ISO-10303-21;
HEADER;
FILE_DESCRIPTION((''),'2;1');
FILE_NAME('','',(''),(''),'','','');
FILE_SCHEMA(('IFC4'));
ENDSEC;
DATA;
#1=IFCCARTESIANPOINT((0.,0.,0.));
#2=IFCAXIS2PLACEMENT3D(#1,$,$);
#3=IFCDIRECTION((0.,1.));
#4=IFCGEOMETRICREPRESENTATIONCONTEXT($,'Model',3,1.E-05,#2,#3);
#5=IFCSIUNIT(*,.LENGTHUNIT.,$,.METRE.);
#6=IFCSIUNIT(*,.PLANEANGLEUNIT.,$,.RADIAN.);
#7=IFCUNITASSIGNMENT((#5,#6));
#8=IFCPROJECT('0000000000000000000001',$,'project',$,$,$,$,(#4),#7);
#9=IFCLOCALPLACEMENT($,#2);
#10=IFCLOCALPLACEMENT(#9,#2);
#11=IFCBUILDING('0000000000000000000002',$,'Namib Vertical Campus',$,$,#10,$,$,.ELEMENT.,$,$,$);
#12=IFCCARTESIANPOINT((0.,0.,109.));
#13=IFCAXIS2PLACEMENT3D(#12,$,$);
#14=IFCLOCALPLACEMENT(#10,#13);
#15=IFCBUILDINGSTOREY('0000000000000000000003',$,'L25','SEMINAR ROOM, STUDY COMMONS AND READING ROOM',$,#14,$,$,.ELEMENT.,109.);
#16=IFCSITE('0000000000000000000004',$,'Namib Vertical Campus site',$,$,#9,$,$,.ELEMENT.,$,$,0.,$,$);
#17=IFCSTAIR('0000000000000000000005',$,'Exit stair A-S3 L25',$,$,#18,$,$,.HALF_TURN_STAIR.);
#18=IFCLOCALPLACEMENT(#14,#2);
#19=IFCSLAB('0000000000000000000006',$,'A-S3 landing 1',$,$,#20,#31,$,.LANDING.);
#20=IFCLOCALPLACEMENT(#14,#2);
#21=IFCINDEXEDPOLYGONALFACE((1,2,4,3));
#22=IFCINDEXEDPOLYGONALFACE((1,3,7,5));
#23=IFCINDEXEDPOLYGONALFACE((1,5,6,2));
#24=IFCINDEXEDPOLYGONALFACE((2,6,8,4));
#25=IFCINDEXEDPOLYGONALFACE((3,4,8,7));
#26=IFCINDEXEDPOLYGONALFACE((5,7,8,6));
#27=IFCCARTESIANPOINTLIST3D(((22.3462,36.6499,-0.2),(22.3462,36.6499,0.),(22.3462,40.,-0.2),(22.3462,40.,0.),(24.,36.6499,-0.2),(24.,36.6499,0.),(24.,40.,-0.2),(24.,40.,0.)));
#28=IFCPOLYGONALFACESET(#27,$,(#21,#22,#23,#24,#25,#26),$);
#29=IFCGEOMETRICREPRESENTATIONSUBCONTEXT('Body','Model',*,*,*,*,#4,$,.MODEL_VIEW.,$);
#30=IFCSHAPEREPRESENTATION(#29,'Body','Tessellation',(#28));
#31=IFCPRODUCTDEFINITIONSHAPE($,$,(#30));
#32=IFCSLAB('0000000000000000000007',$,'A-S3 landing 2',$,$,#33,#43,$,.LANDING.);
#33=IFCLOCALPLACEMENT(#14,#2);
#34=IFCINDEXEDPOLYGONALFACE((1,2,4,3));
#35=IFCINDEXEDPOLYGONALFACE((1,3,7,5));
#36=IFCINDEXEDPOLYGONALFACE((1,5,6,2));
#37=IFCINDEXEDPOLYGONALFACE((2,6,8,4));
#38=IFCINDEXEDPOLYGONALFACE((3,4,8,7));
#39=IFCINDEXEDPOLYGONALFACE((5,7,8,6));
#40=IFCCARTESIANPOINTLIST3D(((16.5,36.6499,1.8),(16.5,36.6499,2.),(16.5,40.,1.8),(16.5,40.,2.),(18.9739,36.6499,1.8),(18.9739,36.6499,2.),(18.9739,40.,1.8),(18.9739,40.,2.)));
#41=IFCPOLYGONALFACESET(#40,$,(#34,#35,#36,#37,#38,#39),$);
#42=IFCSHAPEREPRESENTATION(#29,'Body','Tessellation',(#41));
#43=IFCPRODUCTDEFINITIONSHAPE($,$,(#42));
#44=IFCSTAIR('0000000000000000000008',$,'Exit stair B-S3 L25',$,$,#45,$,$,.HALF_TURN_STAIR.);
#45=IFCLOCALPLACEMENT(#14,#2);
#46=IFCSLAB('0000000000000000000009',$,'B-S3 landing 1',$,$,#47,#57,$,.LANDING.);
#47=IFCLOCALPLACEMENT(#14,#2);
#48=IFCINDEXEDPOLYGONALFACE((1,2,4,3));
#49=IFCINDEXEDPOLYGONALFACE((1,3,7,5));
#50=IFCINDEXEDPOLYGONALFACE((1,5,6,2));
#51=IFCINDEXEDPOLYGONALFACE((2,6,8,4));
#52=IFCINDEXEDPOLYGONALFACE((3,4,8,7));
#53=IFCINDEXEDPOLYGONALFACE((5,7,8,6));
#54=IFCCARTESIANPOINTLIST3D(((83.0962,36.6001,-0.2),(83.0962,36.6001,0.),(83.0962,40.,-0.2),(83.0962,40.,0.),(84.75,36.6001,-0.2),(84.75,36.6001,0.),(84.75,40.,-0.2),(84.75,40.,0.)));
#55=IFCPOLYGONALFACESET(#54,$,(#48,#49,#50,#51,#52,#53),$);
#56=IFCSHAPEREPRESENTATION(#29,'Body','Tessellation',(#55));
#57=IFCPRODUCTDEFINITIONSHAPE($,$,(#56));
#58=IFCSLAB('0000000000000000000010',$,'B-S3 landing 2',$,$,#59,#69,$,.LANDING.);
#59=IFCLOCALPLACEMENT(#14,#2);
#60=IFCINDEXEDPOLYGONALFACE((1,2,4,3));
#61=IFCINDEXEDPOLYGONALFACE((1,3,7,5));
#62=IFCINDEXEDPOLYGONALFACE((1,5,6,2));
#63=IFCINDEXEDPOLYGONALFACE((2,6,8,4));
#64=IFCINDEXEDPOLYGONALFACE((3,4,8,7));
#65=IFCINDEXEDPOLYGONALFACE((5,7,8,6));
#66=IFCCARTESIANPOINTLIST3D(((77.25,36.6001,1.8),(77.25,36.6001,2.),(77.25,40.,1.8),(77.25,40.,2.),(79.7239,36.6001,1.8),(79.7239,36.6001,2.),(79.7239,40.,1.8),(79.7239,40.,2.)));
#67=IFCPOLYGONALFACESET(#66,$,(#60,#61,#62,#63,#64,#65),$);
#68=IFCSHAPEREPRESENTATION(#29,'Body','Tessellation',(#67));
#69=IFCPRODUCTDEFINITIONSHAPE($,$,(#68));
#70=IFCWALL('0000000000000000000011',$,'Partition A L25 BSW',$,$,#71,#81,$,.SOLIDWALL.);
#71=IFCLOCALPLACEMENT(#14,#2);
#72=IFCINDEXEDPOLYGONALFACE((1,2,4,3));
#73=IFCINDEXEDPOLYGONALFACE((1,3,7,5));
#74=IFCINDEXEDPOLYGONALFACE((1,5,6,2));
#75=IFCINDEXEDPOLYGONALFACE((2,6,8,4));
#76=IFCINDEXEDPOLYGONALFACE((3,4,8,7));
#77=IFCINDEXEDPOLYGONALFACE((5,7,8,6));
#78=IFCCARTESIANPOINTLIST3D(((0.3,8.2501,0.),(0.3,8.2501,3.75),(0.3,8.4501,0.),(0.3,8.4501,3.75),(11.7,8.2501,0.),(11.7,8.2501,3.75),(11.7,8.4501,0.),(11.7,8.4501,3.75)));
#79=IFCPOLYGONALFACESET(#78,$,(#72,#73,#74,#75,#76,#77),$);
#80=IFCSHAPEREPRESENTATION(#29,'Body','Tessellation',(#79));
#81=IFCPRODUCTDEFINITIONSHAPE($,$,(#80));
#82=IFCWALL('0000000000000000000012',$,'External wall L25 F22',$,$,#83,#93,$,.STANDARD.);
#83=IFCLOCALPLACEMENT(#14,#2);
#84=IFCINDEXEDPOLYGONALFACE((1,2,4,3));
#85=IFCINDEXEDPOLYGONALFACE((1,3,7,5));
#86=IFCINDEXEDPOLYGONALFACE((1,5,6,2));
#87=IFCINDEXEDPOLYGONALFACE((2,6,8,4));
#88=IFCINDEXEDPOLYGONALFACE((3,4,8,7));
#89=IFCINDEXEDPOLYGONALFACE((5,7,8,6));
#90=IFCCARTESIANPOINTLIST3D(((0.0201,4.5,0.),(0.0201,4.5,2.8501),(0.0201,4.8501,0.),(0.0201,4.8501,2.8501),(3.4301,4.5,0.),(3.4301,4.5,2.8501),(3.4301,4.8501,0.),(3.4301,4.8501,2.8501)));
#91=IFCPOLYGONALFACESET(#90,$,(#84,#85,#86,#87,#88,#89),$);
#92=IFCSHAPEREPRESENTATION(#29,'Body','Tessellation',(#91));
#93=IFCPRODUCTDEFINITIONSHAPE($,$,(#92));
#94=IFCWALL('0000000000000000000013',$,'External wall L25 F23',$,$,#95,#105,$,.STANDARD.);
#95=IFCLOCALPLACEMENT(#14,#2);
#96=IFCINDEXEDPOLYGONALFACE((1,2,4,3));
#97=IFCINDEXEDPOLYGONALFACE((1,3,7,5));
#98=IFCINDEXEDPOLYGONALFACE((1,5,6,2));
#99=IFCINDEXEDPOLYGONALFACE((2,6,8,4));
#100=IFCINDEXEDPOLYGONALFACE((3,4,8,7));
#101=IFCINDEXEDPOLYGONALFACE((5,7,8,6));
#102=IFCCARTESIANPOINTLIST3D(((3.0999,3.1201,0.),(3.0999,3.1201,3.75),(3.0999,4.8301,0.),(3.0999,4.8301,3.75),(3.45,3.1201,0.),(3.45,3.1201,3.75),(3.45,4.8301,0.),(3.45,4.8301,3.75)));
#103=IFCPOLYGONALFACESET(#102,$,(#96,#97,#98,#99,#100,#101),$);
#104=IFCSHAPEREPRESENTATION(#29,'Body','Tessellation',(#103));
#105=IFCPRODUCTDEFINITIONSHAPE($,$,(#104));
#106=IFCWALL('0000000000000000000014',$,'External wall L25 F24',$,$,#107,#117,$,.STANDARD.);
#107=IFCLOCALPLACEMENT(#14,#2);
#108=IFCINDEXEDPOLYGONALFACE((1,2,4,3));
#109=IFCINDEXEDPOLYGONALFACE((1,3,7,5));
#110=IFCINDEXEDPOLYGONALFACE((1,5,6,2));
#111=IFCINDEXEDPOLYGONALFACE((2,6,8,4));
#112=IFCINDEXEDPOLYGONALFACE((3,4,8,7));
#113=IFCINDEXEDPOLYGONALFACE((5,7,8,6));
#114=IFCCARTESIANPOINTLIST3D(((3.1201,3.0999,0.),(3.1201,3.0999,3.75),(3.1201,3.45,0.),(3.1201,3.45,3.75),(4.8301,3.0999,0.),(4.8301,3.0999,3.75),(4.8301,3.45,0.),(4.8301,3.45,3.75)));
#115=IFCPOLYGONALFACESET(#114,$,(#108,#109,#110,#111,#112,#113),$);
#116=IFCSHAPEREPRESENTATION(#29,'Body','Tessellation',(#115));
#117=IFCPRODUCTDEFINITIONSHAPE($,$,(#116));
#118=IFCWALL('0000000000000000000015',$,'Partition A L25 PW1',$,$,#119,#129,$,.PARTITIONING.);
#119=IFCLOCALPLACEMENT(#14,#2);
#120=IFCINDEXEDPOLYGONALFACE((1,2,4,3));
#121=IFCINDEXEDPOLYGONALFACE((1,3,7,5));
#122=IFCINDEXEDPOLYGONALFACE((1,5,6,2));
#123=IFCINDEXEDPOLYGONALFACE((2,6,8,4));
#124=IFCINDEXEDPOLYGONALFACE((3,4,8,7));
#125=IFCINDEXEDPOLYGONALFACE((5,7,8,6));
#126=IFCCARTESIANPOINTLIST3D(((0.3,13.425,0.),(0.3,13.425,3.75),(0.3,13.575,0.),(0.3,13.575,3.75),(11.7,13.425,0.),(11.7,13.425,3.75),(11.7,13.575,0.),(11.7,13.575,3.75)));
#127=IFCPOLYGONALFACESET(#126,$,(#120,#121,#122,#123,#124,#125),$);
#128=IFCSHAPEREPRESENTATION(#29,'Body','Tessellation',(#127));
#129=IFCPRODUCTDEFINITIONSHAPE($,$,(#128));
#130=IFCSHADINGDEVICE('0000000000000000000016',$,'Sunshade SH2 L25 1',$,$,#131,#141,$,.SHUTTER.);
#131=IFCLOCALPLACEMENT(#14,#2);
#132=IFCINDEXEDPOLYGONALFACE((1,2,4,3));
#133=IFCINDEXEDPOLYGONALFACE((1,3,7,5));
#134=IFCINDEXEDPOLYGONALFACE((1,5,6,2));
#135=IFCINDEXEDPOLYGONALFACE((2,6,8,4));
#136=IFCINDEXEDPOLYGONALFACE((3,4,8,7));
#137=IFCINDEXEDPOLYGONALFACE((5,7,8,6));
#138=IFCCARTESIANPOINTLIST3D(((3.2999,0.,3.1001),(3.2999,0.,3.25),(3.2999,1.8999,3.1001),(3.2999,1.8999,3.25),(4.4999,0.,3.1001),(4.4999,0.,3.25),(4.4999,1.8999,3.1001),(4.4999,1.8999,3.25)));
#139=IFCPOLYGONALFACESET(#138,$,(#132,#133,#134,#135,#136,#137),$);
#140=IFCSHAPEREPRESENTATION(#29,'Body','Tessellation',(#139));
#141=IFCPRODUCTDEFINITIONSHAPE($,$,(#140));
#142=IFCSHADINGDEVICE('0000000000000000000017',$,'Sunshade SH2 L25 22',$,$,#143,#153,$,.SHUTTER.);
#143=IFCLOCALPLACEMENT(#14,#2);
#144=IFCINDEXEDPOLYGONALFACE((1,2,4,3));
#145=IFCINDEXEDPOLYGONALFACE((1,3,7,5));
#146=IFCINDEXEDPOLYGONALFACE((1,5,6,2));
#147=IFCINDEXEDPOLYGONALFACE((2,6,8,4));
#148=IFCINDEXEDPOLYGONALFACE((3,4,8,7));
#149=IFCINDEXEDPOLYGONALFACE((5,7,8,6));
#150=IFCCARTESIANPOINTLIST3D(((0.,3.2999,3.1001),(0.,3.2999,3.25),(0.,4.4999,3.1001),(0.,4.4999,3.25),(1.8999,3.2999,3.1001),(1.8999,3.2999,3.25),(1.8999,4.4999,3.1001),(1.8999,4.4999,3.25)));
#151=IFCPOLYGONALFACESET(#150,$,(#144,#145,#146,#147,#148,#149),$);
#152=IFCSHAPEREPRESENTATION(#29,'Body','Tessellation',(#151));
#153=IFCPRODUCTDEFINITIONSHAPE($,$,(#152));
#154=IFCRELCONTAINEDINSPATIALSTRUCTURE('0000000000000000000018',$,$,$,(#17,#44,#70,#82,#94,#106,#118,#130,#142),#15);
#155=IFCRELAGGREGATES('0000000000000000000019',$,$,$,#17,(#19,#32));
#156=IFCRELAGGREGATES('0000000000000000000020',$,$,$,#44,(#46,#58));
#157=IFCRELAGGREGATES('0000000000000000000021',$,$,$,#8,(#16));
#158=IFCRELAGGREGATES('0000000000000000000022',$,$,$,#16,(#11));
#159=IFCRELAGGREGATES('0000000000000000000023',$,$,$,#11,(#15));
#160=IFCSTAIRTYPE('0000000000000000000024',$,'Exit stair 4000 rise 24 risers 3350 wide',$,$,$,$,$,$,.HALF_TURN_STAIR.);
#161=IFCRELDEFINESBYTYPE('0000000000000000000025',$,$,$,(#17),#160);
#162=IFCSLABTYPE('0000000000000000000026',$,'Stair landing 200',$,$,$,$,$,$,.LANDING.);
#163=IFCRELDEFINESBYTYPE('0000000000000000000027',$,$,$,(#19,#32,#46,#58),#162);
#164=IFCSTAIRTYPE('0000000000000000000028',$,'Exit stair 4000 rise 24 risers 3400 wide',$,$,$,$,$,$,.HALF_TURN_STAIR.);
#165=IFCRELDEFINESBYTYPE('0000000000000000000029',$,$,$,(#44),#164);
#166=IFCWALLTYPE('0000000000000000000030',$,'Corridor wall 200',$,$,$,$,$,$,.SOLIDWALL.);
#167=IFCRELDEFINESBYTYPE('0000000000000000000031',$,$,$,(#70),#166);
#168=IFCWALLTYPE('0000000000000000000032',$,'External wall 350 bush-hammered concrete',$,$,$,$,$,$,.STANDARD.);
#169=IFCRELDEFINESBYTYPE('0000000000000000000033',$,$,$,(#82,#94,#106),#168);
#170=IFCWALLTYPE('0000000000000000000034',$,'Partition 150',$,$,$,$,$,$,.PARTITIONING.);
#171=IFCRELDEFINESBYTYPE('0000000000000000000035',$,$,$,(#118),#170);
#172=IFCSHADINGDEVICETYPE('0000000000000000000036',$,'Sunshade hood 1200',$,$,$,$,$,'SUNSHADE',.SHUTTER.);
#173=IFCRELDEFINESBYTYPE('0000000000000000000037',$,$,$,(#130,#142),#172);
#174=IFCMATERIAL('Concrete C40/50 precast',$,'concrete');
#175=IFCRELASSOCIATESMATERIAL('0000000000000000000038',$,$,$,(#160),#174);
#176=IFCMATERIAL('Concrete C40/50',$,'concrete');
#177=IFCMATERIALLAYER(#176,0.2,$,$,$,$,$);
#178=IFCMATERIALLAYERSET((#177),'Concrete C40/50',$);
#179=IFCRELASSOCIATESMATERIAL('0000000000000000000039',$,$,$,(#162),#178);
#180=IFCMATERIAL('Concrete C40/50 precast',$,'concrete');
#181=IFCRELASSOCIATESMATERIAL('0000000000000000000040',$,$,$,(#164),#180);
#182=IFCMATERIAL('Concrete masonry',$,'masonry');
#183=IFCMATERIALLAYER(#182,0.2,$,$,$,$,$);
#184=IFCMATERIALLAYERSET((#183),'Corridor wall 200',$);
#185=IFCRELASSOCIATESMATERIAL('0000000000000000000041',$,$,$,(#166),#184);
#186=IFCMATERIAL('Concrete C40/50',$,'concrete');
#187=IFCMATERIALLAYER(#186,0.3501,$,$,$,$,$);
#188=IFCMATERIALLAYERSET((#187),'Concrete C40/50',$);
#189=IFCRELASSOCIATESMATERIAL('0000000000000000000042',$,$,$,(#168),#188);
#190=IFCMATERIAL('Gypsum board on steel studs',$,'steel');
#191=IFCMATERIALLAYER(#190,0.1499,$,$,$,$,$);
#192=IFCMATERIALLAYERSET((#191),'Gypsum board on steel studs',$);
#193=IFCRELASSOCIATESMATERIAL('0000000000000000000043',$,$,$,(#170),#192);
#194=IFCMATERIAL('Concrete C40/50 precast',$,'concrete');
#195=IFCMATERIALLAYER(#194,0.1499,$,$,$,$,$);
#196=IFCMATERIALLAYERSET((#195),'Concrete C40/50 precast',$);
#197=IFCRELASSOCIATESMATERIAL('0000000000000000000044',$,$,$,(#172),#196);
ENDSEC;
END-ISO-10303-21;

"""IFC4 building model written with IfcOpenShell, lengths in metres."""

from ifc_helpers import new_model, si_unit, direction, frame, frame_2d, origin, origin_2d, place, context, subcontext, project, spatial, polyline, rectangle, outline, extrude, material, layer, layer_set, type_object, element, aggregate, save


model = new_model("IFC4")

# Units and contexts
model_context = context("Model", 3, precision=1e-05, world=origin(), true_north=direction((0.0, 1.0)))
body_context = subcontext(model_context, "Body", "Model", "MODEL_VIEW")
ifc_project = project(units=[si_unit("LENGTHUNIT", "METRE"), si_unit("PLANEANGLEUNIT", "RADIAN")], contexts=[model_context])

# Site, building, storey
site_placement = place(None, origin())
site = spatial("IfcSite", under=ifc_project, at=site_placement, Name="Namib Vertical Campus site", CompositionType="ELEMENT", RefElevation=0.0)
building_placement = place(site_placement, origin())
building = spatial("IfcBuilding", under=site, at=building_placement, Name="Namib Vertical Campus", CompositionType="ELEMENT")
storey_placement = place(building_placement, frame((0.0, 0.0, 109.0)))
storey = spatial("IfcBuildingStorey", under=building, at=storey_placement, Name="L25", Description="SEMINAR ROOM, STUDY COMMONS AND READING ROOM", CompositionType="ELEMENT", Elevation=109.0)

# Stairs, slabs
ifc_material_1 = material(Name="Concrete C40/50 precast", Category="concrete")
stair_type_1 = type_object("IfcStairType", Name="Exit stair 4000 rise 24 risers 3350 wide", PredefinedType="HALF_TURN_STAIR", material=ifc_material_1)
ifc_material_2 = material(Name="Concrete C40/50", Category="concrete")
ifc_layer_1 = layer(ifc_material_2, 0.2)
ifc_layer_set_1 = layer_set([ifc_layer_1], Name="Concrete C40/50")
slab_type_1 = type_object("IfcSlabType", Name="Stair landing 200", PredefinedType="LANDING", material=ifc_layer_set_1)
ifc_material_3 = material(Name="Concrete C40/50 precast", Category="concrete")
stair_type_2 = type_object("IfcStairType", Name="Exit stair 4000 rise 24 risers 3400 wide", PredefinedType="HALF_TURN_STAIR", material=ifc_material_3)
stair_1_placement = place(storey_placement, origin())
stair_1 = element("IfcStair", 1, at=stair_1_placement, inside=storey, type_object=stair_type_1, Name="Exit stair A-S3 L25", PredefinedType="HALF_TURN_STAIR")
slab_1_placement = place(storey_placement, frame((0.0, 0.0, -0.2)))
slab_1 = element("IfcSlab", 2, at=slab_1_placement, type_object=slab_type_1, Name="A-S3 landing 1", PredefinedType="LANDING", context=body_context, shape_type="SweptSolid", body=[
    extrude(outline(polyline([(22.3462, 36.6499), (22.3462, 40.0), (24.0, 40.0), (24.0, 36.6499), (22.3462, 36.6499)])), origin(), (0.0, 0.0, 1.0), 0.2),
])
slab_2_placement = place(storey_placement, frame((0.0, 0.0, 1.8)))
slab_2 = element("IfcSlab", 3, at=slab_2_placement, type_object=slab_type_1, Name="A-S3 landing 2", PredefinedType="LANDING", context=body_context, shape_type="SweptSolid", body=[
    extrude(outline(polyline([(16.5, 36.6499), (16.5, 40.0), (18.9739, 40.0), (18.9739, 36.6499), (16.5, 36.6499)])), origin(), (0.0, 0.0, 1.0), 0.2),
])
aggregate(stair_1, [slab_1, slab_2])
stair_2_placement = place(storey_placement, origin())
stair_2 = element("IfcStair", 4, at=stair_2_placement, inside=storey, type_object=stair_type_2, Name="Exit stair B-S3 L25", PredefinedType="HALF_TURN_STAIR")
slab_3_placement = place(storey_placement, frame((0.0, 0.0, -0.2)))
slab_3 = element("IfcSlab", 5, at=slab_3_placement, type_object=slab_type_1, Name="B-S3 landing 1", PredefinedType="LANDING", context=body_context, shape_type="SweptSolid", body=[
    extrude(outline(polyline([(83.0962, 36.6001), (83.0962, 40.0), (84.75, 40.0), (84.75, 36.6001), (83.0962, 36.6001)])), origin(), (0.0, 0.0, 1.0), 0.2),
])
slab_4_placement = place(storey_placement, frame((0.0, 0.0, 1.8)))
slab_4 = element("IfcSlab", 6, at=slab_4_placement, type_object=slab_type_1, Name="B-S3 landing 2", PredefinedType="LANDING", context=body_context, shape_type="SweptSolid", body=[
    extrude(outline(polyline([(77.25, 36.6001), (77.25, 40.0), (79.7239, 40.0), (79.7239, 36.6001), (77.25, 36.6001)])), origin(), (0.0, 0.0, 1.0), 0.2),
])
aggregate(stair_2, [slab_3, slab_4])

# Walls
ifc_material_4 = material(Name="Concrete masonry", Category="masonry")
ifc_layer_2 = layer(ifc_material_4, 0.2)
ifc_layer_set_2 = layer_set([ifc_layer_2], Name="Corridor wall 200")
wall_type_1 = type_object("IfcWallType", Name="Corridor wall 200", PredefinedType="SOLIDWALL", material=ifc_layer_set_2)
wall_1_placement = place(storey_placement, frame((0.3, 8.3501, 0.0), z_axis=(0.0, 0.0, 1.0), x_axis=(1.0, 0.0, 0.0)))
element("IfcWall", 7, at=wall_1_placement, inside=storey, type_object=wall_type_1, Name="Partition A L25 BSW", PredefinedType="SOLIDWALL", context=body_context, shape_type="SweptSolid", body=[
    extrude(rectangle(XDim=11.3999, YDim=0.2, at=frame_2d((5.7, 0.0))), origin(), (0.0, 0.0, 1.0), 3.75),
])
ifc_material_5 = material(Name="Concrete C40/50", Category="concrete")
ifc_layer_3 = layer(ifc_material_5, 0.3501)
ifc_layer_set_3 = layer_set([ifc_layer_3], Name="Concrete C40/50")
wall_type_2 = type_object("IfcWallType", Name="External wall 350 bush-hammered concrete", PredefinedType="STANDARD", material=ifc_layer_set_3)
wall_2_placement = place(storey_placement, frame((0.02, 4.675, 0.0), z_axis=(0.0, 0.0, 1.0), x_axis=(1.0, 0.0, 0.0)))
element("IfcWall", 8, at=wall_2_placement, inside=storey, type_object=wall_type_2, Name="External wall L25 F22", PredefinedType="STANDARD", context=body_context, shape_type="SweptSolid", body=[
    extrude(rectangle(XDim=3.4099, YDim=0.3501, at=frame_2d((1.7051, 0.0))), origin(), (0.0, 0.0, 1.0), 2.8501),
])
for number, where, z_axis, x_axis, name in (
    (9, (3.2749, 4.8301, 0.0), (0.0, 0.0, 1.0), (0.0, -1.0, 0.0), "External wall L25 F23"),
    (10, (3.1201, 3.2749, 0.0), (0.0, 0.0, 1.0), (1.0, 0.0, 0.0), "External wall L25 F24"),
):
    element("IfcWall", number, at=place(storey_placement, frame(where, z_axis=z_axis, x_axis=x_axis)), inside=storey, type_object=wall_type_2, Name=name, PredefinedType="STANDARD", context=body_context, shape_type="SweptSolid", body=[
        extrude(rectangle(XDim=1.71, YDim=0.3501, at=frame_2d((0.855, 0.0))), origin(), (0.0, 0.0, 1.0), 3.75),
    ])
ifc_material_6 = material(Name="Gypsum board on steel studs", Category="steel")
ifc_layer_4 = layer(ifc_material_6, 0.1499)
ifc_layer_set_4 = layer_set([ifc_layer_4], Name="Gypsum board on steel studs")
wall_type_3 = type_object("IfcWallType", Name="Partition 150", PredefinedType="PARTITIONING", material=ifc_layer_set_4)
wall_3_placement = place(storey_placement, frame((0.3, 13.5, 0.0), z_axis=(0.0, 0.0, 1.0), x_axis=(1.0, 0.0, 0.0)))
element("IfcWall", 11, at=wall_3_placement, inside=storey, type_object=wall_type_3, Name="Partition A L25 PW1", PredefinedType="PARTITIONING", context=body_context, shape_type="SweptSolid", body=[
    extrude(rectangle(XDim=11.3999, YDim=0.1499, at=frame_2d((5.7, 0.0))), origin(), (0.0, 0.0, 1.0), 3.75),
])

# Shading devices
ifc_material_7 = material(Name="Concrete C40/50 precast", Category="concrete")
ifc_layer_5 = layer(ifc_material_7, 0.1499)
ifc_layer_set_5 = layer_set([ifc_layer_5], Name="Concrete C40/50 precast")
shading_device_type = type_object("IfcShadingDeviceType", Name="Sunshade hood 1200", ElementType="SUNSHADE", PredefinedType="SHUTTER", material=ifc_layer_set_5)
for number, where, z_axis, x_axis, name in (
    (12, (3.8999, 0.95, 3.1001), (0.0, 0.0, 1.0), (0.0, -1.0, 0.0), "Sunshade SH2 L25 1"),
    (13, (0.95, 3.8999, 3.1001), (0.0, 0.0, 1.0), (1.0, 0.0, 0.0), "Sunshade SH2 L25 22"),
):
    element("IfcShadingDevice", number, at=place(storey_placement, frame(where, z_axis=z_axis, x_axis=x_axis)), inside=storey, type_object=shading_device_type, Name=name, PredefinedType="SHUTTER", context=body_context, shape_type="SweptSolid", body=[
        extrude(rectangle(XDim=1.8999, YDim=1.2, at=origin_2d()), origin(), (0.0, 0.0, 1.0), 0.1499),
    ])

save(model, "model.ifc")
